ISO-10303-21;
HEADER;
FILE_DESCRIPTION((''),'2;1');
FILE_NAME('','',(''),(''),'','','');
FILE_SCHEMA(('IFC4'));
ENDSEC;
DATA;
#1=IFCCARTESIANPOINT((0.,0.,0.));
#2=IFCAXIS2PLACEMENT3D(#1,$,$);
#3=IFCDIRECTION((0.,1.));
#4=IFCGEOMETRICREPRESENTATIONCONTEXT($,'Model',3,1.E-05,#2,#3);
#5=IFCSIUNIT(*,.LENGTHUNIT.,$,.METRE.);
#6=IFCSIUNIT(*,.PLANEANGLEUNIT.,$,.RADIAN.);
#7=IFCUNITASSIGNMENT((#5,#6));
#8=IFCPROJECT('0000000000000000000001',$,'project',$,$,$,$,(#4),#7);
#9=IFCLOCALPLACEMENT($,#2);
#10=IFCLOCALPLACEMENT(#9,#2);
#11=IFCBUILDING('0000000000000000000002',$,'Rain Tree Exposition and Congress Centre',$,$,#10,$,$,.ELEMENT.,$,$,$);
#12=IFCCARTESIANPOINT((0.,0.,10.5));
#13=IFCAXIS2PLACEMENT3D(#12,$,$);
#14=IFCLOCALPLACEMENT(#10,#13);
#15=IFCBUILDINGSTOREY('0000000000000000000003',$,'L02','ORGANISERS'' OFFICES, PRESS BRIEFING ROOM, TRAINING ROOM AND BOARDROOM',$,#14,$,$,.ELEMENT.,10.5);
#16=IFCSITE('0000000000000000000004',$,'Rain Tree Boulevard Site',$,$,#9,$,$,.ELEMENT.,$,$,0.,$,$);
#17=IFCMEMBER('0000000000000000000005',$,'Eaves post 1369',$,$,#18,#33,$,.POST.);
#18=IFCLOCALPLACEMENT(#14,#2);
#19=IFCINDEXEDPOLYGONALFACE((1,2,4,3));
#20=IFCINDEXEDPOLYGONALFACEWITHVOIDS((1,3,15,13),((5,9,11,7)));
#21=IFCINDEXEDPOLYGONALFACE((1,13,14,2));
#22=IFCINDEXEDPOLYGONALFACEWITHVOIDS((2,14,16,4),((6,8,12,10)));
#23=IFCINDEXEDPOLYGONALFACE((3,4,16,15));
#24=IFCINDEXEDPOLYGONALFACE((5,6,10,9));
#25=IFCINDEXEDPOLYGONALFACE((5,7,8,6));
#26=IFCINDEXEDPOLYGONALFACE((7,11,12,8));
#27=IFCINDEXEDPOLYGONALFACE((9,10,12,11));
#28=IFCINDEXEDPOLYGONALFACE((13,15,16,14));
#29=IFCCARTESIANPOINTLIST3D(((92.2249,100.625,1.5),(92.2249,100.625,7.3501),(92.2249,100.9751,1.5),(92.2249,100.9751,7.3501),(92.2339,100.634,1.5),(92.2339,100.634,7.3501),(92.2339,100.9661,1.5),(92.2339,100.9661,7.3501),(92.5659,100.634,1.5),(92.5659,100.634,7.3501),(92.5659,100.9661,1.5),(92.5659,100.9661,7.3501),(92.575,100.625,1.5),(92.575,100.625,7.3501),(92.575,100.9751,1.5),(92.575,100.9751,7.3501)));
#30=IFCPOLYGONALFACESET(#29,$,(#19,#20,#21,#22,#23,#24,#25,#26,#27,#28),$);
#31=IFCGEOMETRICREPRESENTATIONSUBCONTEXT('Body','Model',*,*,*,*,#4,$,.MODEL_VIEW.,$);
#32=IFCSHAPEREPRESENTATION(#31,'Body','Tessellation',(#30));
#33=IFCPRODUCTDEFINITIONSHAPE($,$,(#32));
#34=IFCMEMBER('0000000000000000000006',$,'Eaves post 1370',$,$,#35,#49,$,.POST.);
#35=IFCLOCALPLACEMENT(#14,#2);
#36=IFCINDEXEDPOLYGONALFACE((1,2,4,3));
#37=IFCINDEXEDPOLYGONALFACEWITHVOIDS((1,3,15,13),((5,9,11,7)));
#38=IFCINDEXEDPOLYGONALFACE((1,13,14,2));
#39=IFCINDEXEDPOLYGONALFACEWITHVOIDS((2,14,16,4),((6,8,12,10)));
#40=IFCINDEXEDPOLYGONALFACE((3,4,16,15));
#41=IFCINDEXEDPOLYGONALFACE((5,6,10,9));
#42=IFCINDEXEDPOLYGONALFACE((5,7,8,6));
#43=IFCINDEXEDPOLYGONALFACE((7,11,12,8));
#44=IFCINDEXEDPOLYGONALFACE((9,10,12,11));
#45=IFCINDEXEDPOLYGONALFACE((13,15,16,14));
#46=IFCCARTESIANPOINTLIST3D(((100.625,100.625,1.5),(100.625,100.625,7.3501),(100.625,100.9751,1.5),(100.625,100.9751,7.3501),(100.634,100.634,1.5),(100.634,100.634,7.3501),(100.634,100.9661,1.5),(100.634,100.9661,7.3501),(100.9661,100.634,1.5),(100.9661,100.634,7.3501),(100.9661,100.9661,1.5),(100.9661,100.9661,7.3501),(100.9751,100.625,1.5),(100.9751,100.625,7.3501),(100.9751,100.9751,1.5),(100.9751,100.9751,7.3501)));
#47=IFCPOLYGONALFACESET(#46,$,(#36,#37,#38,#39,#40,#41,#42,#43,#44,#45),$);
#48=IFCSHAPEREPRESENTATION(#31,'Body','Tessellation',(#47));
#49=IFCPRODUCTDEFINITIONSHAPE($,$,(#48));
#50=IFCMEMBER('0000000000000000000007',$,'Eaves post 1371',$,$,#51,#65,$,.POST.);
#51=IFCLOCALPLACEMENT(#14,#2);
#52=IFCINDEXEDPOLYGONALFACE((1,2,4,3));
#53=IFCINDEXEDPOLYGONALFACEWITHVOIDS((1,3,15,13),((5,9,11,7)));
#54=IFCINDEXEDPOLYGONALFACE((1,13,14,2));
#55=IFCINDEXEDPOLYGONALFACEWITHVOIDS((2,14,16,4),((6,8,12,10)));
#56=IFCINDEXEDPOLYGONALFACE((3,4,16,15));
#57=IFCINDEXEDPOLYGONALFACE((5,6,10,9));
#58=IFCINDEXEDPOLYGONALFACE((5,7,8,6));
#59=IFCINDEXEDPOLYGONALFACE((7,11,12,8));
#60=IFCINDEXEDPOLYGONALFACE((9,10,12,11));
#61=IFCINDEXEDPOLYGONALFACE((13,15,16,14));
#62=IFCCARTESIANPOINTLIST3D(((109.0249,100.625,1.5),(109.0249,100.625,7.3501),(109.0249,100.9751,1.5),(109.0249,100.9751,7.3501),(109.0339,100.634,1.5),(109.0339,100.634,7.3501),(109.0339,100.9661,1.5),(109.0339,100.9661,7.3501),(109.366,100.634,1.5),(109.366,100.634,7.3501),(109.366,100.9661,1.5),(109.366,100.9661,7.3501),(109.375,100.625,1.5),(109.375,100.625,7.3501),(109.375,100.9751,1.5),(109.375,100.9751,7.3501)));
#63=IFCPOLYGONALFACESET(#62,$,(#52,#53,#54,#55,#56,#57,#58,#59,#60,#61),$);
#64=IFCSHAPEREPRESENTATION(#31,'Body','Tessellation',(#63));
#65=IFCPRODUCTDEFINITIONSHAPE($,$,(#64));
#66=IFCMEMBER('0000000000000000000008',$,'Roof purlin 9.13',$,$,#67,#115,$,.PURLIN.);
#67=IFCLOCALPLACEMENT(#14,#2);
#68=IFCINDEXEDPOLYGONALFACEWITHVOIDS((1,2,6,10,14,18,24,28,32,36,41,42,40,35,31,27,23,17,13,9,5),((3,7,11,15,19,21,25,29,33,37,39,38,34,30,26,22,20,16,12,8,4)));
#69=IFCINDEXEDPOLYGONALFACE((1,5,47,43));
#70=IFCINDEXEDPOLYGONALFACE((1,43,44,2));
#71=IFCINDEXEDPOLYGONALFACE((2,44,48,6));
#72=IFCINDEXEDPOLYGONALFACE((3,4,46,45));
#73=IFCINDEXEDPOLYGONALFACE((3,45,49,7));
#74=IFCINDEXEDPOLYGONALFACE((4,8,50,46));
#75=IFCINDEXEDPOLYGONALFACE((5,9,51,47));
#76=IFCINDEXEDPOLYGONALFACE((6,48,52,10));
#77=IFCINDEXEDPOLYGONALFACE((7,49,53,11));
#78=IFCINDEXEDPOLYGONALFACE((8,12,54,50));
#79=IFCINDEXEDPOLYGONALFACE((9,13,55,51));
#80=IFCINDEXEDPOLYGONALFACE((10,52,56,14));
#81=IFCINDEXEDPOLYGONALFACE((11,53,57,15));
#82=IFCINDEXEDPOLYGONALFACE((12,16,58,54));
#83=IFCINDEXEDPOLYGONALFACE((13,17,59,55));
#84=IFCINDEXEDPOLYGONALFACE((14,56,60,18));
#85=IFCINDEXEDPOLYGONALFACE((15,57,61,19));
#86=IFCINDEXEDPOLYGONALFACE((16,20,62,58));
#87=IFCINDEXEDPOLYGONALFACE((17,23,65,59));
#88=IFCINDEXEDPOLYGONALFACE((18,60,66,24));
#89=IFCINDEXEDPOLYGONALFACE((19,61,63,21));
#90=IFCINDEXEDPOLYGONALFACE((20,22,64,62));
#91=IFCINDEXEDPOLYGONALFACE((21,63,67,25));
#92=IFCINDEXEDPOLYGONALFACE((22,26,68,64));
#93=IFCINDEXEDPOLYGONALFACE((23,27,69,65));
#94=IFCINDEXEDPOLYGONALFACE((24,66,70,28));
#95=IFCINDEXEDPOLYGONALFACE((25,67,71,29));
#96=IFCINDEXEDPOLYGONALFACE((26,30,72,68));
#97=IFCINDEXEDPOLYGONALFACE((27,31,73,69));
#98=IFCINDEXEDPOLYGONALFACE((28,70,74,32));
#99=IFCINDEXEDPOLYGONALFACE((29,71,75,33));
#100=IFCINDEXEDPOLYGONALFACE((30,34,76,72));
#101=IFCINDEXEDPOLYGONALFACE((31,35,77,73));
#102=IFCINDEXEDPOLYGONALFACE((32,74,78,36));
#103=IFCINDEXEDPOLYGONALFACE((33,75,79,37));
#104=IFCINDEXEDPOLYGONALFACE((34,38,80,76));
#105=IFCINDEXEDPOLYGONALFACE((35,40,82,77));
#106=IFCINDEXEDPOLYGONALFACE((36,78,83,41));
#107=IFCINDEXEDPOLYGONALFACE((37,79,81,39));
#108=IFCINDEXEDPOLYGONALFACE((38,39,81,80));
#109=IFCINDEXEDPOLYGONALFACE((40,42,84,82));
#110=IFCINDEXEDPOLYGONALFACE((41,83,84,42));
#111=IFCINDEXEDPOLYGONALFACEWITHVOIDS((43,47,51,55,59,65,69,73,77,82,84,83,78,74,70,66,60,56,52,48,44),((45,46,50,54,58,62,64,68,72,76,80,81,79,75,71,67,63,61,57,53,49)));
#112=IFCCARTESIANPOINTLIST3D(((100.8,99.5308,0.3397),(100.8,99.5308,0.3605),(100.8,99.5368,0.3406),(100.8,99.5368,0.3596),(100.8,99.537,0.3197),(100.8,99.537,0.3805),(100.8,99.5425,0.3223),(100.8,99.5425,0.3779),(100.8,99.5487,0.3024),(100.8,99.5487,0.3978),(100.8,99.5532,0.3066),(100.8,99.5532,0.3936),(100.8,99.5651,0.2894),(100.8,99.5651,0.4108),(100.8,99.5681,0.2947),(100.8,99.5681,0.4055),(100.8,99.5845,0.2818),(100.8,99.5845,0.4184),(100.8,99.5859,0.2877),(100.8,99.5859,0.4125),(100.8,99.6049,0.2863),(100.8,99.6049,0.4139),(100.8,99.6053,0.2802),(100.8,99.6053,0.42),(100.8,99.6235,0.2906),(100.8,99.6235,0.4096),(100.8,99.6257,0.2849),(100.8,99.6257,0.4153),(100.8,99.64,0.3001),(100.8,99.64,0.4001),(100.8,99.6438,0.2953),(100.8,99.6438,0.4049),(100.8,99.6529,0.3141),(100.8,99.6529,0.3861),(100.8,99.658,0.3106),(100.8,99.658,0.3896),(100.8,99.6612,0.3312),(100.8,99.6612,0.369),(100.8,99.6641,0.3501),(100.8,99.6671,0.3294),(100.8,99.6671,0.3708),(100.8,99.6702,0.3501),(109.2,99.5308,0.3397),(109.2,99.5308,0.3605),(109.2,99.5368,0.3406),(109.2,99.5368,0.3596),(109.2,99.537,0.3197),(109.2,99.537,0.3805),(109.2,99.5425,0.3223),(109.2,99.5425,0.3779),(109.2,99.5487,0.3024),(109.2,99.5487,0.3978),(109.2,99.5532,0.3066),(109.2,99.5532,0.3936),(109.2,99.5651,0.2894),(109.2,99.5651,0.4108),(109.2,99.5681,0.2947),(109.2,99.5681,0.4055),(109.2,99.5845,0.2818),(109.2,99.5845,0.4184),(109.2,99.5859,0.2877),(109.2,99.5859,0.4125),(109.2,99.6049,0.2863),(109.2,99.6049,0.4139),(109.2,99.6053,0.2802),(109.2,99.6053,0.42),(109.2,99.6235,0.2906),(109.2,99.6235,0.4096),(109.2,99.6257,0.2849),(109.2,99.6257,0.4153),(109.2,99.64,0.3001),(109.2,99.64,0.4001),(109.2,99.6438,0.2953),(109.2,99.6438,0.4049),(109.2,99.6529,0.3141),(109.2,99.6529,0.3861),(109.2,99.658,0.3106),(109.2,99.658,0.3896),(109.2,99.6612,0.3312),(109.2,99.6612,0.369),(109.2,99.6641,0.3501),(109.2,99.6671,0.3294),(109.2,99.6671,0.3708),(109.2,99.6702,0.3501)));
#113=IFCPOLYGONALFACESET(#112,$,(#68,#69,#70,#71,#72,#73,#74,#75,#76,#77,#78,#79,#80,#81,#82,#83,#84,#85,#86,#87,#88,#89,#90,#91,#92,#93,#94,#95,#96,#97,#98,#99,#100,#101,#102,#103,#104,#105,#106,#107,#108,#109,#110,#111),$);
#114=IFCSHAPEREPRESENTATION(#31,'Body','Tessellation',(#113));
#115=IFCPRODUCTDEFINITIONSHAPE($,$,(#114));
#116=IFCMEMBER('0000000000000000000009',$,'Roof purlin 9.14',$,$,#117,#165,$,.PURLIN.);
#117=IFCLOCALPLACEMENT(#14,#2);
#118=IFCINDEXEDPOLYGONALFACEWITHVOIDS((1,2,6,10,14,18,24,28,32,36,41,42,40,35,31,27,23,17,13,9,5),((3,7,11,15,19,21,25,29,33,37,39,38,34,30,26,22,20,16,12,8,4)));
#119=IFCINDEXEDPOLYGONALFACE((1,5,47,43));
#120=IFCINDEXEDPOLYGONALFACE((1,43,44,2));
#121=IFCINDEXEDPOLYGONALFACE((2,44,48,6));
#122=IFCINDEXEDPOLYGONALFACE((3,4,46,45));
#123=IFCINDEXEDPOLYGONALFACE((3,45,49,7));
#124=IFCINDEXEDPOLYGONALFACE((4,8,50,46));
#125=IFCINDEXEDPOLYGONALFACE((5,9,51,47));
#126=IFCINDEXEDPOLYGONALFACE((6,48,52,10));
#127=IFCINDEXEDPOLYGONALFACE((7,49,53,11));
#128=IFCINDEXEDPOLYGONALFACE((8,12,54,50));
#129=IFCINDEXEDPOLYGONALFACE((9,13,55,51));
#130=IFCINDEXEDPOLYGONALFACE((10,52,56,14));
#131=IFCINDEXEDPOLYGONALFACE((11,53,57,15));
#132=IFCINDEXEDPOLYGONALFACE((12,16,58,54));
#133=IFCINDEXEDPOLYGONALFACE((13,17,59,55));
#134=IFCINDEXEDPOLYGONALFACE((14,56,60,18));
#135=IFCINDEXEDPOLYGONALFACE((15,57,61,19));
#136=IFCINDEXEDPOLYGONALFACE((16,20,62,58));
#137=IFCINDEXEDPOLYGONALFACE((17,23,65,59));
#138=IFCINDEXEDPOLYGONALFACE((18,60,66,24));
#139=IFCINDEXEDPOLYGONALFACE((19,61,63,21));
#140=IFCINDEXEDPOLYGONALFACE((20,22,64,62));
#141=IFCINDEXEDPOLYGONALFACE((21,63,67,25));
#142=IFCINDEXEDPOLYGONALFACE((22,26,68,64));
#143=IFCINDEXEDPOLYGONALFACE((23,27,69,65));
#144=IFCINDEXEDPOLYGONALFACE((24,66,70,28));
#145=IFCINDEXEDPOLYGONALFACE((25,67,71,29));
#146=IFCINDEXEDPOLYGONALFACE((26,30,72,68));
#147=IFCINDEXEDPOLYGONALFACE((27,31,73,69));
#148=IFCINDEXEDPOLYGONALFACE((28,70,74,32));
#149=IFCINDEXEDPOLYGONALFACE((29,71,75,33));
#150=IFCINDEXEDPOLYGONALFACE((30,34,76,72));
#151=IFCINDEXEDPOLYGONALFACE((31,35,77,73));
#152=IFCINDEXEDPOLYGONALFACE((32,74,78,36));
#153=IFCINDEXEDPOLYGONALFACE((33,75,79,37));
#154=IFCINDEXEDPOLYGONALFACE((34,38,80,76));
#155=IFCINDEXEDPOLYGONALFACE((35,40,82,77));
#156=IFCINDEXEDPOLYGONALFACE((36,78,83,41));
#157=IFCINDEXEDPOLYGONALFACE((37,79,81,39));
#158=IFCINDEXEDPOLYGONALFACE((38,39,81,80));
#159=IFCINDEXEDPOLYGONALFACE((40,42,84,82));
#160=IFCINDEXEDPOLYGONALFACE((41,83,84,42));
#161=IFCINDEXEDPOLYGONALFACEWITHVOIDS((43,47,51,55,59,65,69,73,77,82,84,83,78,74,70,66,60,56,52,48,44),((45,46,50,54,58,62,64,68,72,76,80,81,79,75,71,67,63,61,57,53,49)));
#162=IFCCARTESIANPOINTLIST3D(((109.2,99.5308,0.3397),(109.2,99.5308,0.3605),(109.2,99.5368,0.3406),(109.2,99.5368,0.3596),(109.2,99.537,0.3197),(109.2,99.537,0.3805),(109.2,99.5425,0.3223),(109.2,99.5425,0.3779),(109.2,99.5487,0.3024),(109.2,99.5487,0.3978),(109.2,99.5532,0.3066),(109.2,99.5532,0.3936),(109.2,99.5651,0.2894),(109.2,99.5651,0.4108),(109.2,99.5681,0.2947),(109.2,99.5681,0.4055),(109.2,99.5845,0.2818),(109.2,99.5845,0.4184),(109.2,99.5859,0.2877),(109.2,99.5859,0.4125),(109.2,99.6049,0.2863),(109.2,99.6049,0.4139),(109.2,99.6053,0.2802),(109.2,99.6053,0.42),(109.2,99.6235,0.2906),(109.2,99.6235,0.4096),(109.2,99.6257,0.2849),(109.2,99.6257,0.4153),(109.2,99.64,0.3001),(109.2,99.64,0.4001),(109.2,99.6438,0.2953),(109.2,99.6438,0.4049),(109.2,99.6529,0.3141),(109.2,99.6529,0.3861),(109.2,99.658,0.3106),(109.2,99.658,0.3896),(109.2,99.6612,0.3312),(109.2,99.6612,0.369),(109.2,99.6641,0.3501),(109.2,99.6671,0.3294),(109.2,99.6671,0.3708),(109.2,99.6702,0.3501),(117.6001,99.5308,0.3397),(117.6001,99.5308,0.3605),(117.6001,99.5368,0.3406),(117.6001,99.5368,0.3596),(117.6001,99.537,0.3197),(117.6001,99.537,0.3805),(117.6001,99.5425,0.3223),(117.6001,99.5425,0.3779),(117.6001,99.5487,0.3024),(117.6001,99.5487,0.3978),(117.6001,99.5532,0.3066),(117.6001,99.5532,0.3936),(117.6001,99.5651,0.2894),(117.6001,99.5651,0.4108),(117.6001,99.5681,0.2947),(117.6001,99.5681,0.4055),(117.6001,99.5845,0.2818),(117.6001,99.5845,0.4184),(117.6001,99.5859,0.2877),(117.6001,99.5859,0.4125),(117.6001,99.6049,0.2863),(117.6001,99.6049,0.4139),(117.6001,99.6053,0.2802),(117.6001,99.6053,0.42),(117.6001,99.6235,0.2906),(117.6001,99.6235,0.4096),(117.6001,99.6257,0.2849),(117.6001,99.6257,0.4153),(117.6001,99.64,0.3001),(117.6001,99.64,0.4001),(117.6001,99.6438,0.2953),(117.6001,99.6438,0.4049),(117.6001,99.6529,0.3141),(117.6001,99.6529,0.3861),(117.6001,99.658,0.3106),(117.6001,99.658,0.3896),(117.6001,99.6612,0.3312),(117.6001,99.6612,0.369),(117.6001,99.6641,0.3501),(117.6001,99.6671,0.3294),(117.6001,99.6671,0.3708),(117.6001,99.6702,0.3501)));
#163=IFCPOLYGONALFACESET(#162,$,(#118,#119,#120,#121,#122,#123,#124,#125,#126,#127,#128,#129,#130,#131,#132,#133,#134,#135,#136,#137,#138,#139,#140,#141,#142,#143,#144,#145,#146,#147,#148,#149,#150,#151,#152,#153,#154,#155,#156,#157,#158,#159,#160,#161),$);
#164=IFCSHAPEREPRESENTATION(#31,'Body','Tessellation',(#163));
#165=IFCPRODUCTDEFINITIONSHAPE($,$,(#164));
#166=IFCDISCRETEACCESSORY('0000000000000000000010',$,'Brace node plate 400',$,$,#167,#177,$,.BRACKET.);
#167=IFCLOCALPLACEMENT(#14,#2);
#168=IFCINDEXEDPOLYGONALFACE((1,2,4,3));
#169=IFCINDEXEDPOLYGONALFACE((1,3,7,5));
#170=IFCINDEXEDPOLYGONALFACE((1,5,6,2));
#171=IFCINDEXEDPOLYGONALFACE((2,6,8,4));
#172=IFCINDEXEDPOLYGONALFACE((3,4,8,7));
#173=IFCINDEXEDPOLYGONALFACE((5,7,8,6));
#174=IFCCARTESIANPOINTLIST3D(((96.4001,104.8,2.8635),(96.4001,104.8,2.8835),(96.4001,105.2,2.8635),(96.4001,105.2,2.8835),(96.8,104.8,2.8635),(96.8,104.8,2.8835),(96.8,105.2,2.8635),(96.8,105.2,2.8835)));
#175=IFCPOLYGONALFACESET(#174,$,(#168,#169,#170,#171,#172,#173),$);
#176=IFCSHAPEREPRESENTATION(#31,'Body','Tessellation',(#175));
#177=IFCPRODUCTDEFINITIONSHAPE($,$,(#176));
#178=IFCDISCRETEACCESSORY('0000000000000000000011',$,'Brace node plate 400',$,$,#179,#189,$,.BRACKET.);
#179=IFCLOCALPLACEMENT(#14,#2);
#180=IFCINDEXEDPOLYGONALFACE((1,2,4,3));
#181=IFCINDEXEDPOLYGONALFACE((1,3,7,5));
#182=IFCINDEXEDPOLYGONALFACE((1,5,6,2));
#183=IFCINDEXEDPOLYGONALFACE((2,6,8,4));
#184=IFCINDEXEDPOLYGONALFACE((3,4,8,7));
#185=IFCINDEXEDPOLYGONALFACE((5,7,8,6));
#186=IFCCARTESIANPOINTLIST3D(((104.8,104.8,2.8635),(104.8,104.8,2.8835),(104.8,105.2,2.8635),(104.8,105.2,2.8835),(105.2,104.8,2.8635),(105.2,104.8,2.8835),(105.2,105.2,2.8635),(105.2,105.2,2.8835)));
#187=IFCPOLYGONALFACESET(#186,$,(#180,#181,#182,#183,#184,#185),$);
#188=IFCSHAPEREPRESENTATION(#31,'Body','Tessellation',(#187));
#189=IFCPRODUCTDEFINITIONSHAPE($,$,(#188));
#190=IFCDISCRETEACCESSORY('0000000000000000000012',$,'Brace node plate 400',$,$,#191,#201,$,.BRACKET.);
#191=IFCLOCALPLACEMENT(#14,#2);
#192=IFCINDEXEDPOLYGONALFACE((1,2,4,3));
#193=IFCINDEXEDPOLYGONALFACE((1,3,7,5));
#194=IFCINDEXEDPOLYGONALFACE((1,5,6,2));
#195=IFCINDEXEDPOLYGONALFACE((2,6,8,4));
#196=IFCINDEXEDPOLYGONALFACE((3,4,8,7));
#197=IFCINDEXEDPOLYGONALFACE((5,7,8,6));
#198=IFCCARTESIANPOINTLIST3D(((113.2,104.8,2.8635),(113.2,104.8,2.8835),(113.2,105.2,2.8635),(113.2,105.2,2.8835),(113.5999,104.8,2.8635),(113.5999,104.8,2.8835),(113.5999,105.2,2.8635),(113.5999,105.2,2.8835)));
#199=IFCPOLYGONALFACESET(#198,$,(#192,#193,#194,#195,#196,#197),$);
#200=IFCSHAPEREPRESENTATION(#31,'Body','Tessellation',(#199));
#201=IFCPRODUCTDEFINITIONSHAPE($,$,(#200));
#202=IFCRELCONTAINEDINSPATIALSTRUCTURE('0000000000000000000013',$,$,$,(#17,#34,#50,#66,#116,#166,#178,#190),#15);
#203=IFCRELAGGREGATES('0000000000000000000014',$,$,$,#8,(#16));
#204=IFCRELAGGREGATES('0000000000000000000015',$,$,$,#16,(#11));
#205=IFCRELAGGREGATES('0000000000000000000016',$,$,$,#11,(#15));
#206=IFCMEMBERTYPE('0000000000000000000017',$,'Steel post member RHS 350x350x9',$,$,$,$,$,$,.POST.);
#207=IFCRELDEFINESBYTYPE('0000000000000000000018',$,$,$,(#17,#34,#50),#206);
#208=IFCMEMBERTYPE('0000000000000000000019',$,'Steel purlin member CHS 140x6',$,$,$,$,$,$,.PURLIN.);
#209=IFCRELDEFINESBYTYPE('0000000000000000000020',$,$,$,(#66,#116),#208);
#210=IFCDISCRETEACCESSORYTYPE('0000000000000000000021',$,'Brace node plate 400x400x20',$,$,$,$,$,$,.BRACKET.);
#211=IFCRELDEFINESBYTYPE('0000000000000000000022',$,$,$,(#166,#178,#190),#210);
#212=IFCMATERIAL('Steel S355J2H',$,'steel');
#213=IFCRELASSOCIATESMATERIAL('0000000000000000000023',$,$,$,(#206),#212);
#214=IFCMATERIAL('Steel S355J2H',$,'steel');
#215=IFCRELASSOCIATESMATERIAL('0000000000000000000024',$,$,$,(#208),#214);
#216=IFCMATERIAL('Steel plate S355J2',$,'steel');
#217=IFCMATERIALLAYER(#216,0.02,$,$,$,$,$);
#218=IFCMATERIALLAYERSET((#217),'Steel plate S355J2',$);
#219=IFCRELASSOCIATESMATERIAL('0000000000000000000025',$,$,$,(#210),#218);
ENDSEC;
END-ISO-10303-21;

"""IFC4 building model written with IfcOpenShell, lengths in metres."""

from ifc_helpers import new_model, si_unit, direction, frame, origin, origin_2d, place, context, subcontext, project, spatial, rectangle, hollow_rectangle, hollow_circle, extrude, material, layer, layer_set, material_profile, profile_set, type_object, element, save


model = new_model("IFC4")

# Units and contexts
model_context = context("Model", 3, precision=1e-05, world=origin(), true_north=direction((0.0, 1.0)))
body_context = subcontext(model_context, "Body", "Model", "MODEL_VIEW")
ifc_project = project(units=[si_unit("LENGTHUNIT", "METRE"), si_unit("PLANEANGLEUNIT", "RADIAN")], contexts=[model_context])

# Site, building, storey
site_placement = place(None, origin())
site = spatial("IfcSite", under=ifc_project, at=site_placement, Name="Rain Tree Boulevard Site", CompositionType="ELEMENT", RefElevation=0.0)
building_placement = place(site_placement, origin())
building = spatial("IfcBuilding", under=site, at=building_placement, Name="Rain Tree Exposition and Congress Centre", CompositionType="ELEMENT")
storey_placement = place(building_placement, frame((0.0, 0.0, 10.5)))
storey = spatial("IfcBuildingStorey", under=building, at=storey_placement, Name="L02", Description="ORGANISERS' OFFICES, PRESS BRIEFING ROOM, TRAINING ROOM AND BOARDROOM", CompositionType="ELEMENT", Elevation=10.5)

# Members
ifc_material_1 = material(Name="Steel S355J2H", Category="steel")
ifc_material_profile_1 = material_profile(ifc_material_1, hollow_rectangle(XDim=0.3501, YDim=0.3501, WallThickness=0.009, at=origin_2d()), Name="RHS 350x350x9")
ifc_profile_set_1 = profile_set([ifc_material_profile_1], Name="Steel S355J2H")
member_type_1 = type_object("IfcMemberType", Name="Steel post member RHS 350x350x9", PredefinedType="POST", material=ifc_profile_set_1)
for number, where, z_axis, x_axis, name in (
    (1, (92.3999, 100.8, 1.5), (0.0, 0.0, 1.0), (1.0, 0.0, 0.0), "Eaves post 1369"),
    (2, (100.8, 100.8, 1.5), (0.0, 0.0, 1.0), (1.0, 0.0, 0.0), "Eaves post 1370"),
    (3, (109.2, 100.8, 1.5), (0.0, 0.0, 1.0), (1.0, 0.0, 0.0), "Eaves post 1371"),
):
    element("IfcMember", number, at=place(storey_placement, frame(where, z_axis=z_axis, x_axis=x_axis)), inside=storey, type_object=member_type_1, Name=name, PredefinedType="POST", context=body_context, shape_type="SweptSolid", body=[
        extrude(hollow_rectangle(XDim=0.3501, YDim=0.3501, WallThickness=0.009, at=origin_2d()), origin(), (0.0, 0.0, 1.0), 5.8501),
    ])
ifc_material_2 = material(Name="Steel S355J2H", Category="steel")
ifc_material_profile_2 = material_profile(ifc_material_2, hollow_circle(Radius=0.0701, WallThickness=0.0061, at=origin_2d()), Name="CHS 140x6")
ifc_profile_set_2 = profile_set([ifc_material_profile_2], Name="Steel S355J2H")
member_type_2 = type_object("IfcMemberType", Name="Steel purlin member CHS 140x6", PredefinedType="PURLIN", material=ifc_profile_set_2)
member_1_placement = place(storey_placement, frame((100.8, 99.6001, 0.3501), z_axis=(1.0, 0.0, 0.0), x_axis=(0.0, 1.0, 0.0)))
element("IfcMember", 4, at=member_1_placement, inside=storey, type_object=member_type_2, Name="Roof purlin 9.13", PredefinedType="PURLIN", context=body_context, shape_type="SweptSolid", body=[
    extrude(hollow_circle(Radius=0.0701, WallThickness=0.0061, at=origin_2d()), origin(), (0.0, 0.0, 1.0), 8.3999),
])
member_2_placement = place(storey_placement, frame((109.2, 99.6001, 0.3501), z_axis=(1.0, 0.0, 0.0), x_axis=(0.0, 1.0, 0.0)))
element("IfcMember", 5, at=member_2_placement, inside=storey, type_object=member_type_2, Name="Roof purlin 9.14", PredefinedType="PURLIN", context=body_context, shape_type="SweptSolid", body=[
    extrude(hollow_circle(Radius=0.0701, WallThickness=0.0061, at=origin_2d()), origin(), (0.0, 0.0, 1.0), 8.4001),
])

# Discrete accessories
ifc_material_3 = material(Name="Steel plate S355J2", Category="steel")
ifc_layer_1 = layer(ifc_material_3, 0.02)
ifc_layer_set_1 = layer_set([ifc_layer_1], Name="Steel plate S355J2")
discrete_accessory_type_1 = type_object("IfcDiscreteAccessoryType", Name="Brace node plate 400x400x20", PredefinedType="BRACKET", material=ifc_layer_set_1)
for number, where, z_axis, x_axis, name in (
    (6, (96.6001, 105.0, 2.8635), (0.0, 0.0, 1.0), (1.0, 0.0, 0.0), "Brace node plate 400"),
    (7, (105.0, 105.0, 2.8635), (0.0, 0.0, 1.0), (1.0, 0.0, 0.0), "Brace node plate 400"),
    (8, (113.3999, 105.0, 2.8635), (0.0, 0.0, 1.0), (1.0, 0.0, 0.0), "Brace node plate 400"),
):
    element("IfcDiscreteAccessory", number, at=place(storey_placement, frame(where, z_axis=z_axis, x_axis=x_axis)), inside=storey, type_object=discrete_accessory_type_1, Name=name, PredefinedType="BRACKET", context=body_context, shape_type="SweptSolid", body=[
        extrude(rectangle(XDim=0.3999, YDim=0.3999, at=origin_2d()), origin(), (0.0, 0.0, 1.0), 0.02),
    ])

save(model, "model.ifc")
